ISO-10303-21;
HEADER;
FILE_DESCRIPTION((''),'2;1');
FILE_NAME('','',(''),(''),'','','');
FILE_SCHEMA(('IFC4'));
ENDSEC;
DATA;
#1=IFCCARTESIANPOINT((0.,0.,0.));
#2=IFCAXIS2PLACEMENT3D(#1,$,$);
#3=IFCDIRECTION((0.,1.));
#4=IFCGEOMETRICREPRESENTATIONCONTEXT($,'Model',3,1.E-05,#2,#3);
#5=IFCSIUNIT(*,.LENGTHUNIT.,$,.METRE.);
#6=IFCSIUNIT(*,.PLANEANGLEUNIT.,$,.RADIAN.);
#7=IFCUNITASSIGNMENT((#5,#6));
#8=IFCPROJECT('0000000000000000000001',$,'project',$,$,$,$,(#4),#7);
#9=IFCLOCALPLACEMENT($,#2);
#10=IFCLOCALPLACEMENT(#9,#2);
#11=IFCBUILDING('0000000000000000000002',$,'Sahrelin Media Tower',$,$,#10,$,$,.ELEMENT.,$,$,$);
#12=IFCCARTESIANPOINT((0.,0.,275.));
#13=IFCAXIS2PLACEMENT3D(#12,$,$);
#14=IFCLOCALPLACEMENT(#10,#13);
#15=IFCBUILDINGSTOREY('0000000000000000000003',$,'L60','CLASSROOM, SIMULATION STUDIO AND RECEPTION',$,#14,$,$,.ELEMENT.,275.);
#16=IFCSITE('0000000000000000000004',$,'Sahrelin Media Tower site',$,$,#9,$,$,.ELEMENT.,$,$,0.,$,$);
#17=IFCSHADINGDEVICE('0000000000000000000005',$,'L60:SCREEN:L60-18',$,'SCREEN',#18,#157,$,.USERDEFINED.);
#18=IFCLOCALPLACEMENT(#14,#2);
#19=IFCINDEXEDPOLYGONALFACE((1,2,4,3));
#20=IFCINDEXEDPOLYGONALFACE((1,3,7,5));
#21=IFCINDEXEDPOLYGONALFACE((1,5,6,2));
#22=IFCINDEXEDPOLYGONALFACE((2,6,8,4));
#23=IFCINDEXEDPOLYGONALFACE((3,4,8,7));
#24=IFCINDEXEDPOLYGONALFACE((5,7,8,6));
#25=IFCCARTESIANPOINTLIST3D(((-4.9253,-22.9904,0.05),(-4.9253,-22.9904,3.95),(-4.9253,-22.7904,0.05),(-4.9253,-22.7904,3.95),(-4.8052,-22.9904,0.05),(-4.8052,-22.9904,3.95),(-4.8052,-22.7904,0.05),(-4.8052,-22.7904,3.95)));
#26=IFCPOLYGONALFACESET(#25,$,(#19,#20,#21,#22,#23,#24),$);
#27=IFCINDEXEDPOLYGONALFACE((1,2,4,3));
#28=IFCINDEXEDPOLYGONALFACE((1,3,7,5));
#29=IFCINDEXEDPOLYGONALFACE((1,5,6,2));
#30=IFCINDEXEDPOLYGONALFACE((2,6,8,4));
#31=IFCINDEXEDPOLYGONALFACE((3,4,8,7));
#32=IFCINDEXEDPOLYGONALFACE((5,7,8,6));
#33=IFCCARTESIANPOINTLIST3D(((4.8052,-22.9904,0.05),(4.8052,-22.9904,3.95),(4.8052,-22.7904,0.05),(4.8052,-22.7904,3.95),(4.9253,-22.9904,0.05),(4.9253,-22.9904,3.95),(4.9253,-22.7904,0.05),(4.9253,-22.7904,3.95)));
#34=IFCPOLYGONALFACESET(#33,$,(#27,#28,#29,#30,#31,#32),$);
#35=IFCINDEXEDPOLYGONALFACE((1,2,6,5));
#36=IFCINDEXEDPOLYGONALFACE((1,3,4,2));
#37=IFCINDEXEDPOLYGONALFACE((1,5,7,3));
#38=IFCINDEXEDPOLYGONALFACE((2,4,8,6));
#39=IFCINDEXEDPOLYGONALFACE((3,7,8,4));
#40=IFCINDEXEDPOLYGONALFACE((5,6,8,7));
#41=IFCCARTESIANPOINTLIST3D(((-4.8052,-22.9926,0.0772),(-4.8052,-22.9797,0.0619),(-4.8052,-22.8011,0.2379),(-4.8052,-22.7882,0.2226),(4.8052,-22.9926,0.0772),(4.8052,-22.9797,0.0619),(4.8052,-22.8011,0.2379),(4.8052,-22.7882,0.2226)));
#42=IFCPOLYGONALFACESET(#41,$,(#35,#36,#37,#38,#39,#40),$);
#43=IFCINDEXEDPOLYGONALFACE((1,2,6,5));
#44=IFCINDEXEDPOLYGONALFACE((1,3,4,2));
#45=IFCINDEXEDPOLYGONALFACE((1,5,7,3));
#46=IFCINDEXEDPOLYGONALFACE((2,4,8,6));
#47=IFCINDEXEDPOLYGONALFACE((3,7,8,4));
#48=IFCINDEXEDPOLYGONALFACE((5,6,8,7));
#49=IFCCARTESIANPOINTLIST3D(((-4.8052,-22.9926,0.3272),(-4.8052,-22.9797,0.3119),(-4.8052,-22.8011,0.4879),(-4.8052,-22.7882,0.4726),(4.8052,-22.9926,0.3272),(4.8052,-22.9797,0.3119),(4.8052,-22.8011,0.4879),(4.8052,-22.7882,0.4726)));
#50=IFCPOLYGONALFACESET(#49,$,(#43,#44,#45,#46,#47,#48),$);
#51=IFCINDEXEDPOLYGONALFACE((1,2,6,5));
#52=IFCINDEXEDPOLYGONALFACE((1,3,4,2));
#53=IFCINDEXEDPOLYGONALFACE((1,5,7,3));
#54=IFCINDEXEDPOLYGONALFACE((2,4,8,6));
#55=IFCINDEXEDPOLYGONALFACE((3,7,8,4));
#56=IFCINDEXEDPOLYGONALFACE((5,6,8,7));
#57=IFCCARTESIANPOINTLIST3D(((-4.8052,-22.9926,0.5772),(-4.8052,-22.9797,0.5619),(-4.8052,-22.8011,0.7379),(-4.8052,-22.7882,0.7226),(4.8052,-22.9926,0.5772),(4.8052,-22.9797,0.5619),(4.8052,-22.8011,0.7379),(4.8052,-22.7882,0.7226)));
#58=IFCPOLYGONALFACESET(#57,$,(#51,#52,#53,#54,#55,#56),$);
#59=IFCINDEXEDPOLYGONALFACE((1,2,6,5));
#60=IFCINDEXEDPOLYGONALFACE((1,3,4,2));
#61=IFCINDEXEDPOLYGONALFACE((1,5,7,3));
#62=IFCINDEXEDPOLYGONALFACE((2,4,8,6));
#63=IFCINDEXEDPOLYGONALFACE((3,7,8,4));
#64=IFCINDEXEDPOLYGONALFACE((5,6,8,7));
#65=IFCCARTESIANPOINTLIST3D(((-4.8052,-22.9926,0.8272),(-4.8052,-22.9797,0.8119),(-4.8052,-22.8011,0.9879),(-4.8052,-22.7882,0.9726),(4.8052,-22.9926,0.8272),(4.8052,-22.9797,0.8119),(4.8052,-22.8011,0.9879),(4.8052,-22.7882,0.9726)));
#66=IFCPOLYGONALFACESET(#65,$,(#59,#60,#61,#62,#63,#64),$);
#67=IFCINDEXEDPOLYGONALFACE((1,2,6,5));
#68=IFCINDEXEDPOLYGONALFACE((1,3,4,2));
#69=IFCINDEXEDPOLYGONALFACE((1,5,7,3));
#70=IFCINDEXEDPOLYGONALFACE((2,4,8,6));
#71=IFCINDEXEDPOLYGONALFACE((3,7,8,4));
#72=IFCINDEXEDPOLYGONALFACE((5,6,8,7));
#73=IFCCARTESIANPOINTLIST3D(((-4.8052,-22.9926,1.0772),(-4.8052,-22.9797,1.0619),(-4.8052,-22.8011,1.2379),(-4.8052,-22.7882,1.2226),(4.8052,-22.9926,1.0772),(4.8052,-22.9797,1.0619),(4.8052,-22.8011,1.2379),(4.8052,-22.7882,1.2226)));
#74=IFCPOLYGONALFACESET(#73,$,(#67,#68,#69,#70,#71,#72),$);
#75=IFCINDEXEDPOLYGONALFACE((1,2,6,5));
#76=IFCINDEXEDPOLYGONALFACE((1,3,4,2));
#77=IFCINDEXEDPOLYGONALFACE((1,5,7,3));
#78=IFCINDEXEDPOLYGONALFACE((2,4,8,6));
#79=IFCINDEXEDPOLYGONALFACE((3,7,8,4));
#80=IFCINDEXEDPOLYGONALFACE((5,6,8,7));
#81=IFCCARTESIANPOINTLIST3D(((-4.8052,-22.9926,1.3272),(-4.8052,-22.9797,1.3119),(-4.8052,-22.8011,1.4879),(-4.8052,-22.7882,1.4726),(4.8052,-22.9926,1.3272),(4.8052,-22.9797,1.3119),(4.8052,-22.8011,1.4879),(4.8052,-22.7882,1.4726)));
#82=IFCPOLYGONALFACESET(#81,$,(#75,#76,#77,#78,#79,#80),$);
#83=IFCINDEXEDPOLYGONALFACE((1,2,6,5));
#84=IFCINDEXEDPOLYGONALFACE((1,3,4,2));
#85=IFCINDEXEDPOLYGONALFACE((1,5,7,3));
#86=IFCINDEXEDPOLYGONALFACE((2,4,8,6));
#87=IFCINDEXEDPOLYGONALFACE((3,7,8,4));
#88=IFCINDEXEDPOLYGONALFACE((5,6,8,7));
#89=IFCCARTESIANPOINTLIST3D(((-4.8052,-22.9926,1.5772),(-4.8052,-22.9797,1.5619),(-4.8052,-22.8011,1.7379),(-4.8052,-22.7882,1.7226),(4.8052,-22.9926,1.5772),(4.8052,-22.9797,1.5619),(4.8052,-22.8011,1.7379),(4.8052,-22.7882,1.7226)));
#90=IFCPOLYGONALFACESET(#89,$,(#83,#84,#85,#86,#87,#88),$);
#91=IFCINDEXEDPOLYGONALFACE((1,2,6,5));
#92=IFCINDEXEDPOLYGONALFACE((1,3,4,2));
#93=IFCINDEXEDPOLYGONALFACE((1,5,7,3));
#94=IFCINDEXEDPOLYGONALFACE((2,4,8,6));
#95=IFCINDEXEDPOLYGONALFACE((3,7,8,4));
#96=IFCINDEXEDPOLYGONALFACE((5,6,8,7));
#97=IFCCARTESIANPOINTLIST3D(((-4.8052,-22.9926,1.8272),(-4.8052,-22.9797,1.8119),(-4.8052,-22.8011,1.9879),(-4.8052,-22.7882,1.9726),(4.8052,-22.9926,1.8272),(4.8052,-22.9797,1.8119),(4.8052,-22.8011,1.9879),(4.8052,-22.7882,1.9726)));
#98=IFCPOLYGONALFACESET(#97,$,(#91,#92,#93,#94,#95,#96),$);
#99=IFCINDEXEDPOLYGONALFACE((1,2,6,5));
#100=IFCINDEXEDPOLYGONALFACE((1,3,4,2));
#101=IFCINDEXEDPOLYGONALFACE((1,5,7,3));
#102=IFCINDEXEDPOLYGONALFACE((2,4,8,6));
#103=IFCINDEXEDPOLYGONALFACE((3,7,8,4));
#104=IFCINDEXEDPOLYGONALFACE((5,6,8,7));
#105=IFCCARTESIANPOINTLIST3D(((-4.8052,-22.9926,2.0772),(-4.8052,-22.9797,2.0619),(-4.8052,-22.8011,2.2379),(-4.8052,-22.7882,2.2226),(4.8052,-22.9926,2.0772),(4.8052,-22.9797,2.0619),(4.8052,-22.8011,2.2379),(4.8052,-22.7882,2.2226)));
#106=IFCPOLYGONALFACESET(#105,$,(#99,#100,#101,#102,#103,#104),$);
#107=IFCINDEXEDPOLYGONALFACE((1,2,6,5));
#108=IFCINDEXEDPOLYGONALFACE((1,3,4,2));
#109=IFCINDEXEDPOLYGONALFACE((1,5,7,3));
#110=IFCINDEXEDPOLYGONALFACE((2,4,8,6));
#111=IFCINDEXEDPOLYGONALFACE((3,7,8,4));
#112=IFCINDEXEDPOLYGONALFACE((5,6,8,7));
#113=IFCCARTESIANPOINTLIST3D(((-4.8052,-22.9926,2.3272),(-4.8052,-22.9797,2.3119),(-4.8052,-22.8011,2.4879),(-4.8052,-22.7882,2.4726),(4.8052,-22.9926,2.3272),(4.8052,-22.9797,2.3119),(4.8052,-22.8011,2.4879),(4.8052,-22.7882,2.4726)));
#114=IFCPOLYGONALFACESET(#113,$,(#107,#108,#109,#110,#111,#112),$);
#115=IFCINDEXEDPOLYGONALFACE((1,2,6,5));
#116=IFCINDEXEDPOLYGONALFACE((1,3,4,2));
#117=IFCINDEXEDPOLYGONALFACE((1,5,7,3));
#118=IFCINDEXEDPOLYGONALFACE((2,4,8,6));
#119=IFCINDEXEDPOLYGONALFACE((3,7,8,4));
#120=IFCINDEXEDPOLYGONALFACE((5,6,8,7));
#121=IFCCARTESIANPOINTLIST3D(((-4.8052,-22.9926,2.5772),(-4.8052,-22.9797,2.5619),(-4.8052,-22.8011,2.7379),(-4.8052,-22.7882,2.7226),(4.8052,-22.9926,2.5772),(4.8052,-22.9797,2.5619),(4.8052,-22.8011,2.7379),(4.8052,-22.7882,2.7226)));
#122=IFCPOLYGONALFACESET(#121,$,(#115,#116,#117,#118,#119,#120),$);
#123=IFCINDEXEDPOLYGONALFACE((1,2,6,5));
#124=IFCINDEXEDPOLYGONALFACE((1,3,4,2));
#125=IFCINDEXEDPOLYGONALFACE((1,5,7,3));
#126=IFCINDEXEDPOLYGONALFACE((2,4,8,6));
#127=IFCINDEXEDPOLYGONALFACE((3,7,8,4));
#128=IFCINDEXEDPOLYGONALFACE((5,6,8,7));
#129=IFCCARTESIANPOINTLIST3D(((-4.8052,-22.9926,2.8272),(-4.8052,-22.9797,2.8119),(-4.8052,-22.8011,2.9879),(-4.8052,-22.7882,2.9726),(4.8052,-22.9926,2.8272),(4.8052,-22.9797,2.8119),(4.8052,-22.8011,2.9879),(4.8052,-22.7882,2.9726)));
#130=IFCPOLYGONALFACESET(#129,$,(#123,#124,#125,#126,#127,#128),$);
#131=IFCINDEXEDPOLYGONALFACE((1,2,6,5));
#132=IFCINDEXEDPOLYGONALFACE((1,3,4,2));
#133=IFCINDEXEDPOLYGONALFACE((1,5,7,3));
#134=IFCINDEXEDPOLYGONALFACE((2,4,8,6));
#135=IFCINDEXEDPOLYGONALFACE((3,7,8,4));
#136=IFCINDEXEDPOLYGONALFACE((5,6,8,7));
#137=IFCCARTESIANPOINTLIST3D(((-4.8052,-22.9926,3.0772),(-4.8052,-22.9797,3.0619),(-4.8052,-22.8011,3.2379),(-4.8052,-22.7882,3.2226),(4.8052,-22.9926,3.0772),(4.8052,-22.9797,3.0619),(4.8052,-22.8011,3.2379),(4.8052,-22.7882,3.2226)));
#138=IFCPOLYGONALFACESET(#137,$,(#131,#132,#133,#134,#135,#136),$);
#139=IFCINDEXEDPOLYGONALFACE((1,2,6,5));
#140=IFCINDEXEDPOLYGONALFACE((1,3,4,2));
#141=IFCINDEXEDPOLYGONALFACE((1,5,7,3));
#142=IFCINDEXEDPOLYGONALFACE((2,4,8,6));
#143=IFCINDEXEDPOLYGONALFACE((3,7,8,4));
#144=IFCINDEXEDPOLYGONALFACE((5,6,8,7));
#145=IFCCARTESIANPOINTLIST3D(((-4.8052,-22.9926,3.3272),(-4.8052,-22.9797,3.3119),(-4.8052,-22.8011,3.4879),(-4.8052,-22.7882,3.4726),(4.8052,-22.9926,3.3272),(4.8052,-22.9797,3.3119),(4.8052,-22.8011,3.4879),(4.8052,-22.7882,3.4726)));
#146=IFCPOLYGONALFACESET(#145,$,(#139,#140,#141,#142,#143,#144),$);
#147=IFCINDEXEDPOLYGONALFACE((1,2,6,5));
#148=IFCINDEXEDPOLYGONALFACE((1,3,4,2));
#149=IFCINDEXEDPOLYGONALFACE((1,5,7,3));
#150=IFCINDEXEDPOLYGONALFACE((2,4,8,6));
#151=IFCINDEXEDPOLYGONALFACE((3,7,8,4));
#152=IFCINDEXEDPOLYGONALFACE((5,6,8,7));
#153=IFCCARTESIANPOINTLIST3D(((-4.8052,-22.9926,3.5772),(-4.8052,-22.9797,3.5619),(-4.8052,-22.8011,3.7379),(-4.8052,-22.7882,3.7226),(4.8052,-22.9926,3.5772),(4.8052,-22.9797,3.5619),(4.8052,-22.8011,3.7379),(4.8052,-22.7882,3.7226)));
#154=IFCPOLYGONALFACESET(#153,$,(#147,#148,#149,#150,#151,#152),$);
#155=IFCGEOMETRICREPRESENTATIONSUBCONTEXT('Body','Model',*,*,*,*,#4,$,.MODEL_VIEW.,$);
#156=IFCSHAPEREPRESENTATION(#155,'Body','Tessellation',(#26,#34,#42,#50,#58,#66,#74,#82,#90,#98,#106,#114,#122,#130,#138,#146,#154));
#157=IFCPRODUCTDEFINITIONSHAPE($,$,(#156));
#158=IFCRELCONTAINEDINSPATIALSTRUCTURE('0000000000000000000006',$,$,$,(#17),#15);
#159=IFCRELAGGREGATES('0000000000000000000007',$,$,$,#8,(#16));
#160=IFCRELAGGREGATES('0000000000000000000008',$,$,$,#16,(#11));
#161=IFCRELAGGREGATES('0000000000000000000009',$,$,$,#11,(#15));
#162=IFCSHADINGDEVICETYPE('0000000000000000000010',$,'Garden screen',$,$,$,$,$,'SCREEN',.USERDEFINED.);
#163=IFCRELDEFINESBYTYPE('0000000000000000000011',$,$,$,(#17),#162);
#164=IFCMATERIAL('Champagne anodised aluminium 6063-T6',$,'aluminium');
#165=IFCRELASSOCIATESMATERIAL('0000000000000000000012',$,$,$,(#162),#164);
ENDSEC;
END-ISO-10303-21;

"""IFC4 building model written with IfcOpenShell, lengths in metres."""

from ifc_helpers import new_model, si_unit, direction, frame, origin, origin_2d, place, context, subcontext, project, spatial, rectangle, extrude, material, type_object, element, save


model = new_model("IFC4")

# Units and contexts
model_context = context("Model", 3, precision=1e-05, world=origin(), true_north=direction((0.0, 1.0)))
body_context = subcontext(model_context, "Body", "Model", "MODEL_VIEW")
ifc_project = project(units=[si_unit("LENGTHUNIT", "METRE"), si_unit("PLANEANGLEUNIT", "RADIAN")], contexts=[model_context])

# Site, building, storey
site_placement = place(None, origin())
site = spatial("IfcSite", under=ifc_project, at=site_placement, Name="Sahrelin Media Tower site", CompositionType="ELEMENT", RefElevation=0.0)
building_placement = place(site_placement, origin())
building = spatial("IfcBuilding", under=site, at=building_placement, Name="Sahrelin Media Tower", CompositionType="ELEMENT")
storey_placement = place(building_placement, frame((0.0, 0.0, 275.0)))
storey = spatial("IfcBuildingStorey", under=building, at=storey_placement, Name="L60", Description="CLASSROOM, SIMULATION STUDIO AND RECEPTION", CompositionType="ELEMENT", Elevation=275.0)

# Shading device
ifc_material_1 = material(Name="Champagne anodised aluminium 6063-T6", Category="aluminium")
shading_device_type = type_object("IfcShadingDeviceType", Name="Garden screen", ElementType="SCREEN", PredefinedType="USERDEFINED", material=ifc_material_1)
shading_device_1_placement = place(storey_placement, frame((0.0, -22.7903, 0.0), z_axis=(0.0, 0.0, 1.0), x_axis=(-1.0, 0.0, 0.0)))
element("IfcShadingDevice", 1, at=shading_device_1_placement, inside=storey, type_object=shading_device_type, Name="L60:SCREEN:L60-18", ObjectType="SCREEN", PredefinedType="USERDEFINED", context=body_context, shape_type="SweptSolid", body=[
    extrude(rectangle(XDim=0.1201, YDim=0.2, at=origin_2d()), frame((4.8652, 0.1001, 0.05), z_axis=(0.0, 0.0, 1.0), x_axis=(1.0, 0.0, 0.0)), (0.0, 0.0, 1.0), 3.8999),
    extrude(rectangle(XDim=0.1201, YDim=0.2, at=origin_2d()), frame((-4.8652, 0.1001, 0.05), z_axis=(0.0, 0.0, 1.0), x_axis=(1.0, 0.0, 0.0)), (0.0, 0.0, 1.0), 3.8999),
    extrude(rectangle(XDim=0.25, YDim=0.02, at=origin_2d()), frame((4.8052, 0.1001, 0.1499), z_axis=(-1.0, 0.0, 0.0), x_axis=(0.0, -0.766044, 0.642788)), (0.0, 0.0, 1.0), 9.6104),
    extrude(rectangle(XDim=0.25, YDim=0.02, at=origin_2d()), frame((4.8052, 0.1001, 0.3999), z_axis=(-1.0, 0.0, 0.0), x_axis=(0.0, -0.766044, 0.642788)), (0.0, 0.0, 1.0), 9.6104),
    extrude(rectangle(XDim=0.25, YDim=0.02, at=origin_2d()), frame((4.8052, 0.1001, 0.6499), z_axis=(-1.0, 0.0, 0.0), x_axis=(0.0, -0.766044, 0.642788)), (0.0, 0.0, 1.0), 9.6104),
    extrude(rectangle(XDim=0.25, YDim=0.02, at=origin_2d()), frame((4.8052, 0.1001, 0.8999), z_axis=(-1.0, 0.0, 0.0), x_axis=(0.0, -0.766044, 0.642788)), (0.0, 0.0, 1.0), 9.6104),
    extrude(rectangle(XDim=0.25, YDim=0.02, at=origin_2d()), frame((4.8052, 0.1001, 1.1499), z_axis=(-1.0, 0.0, 0.0), x_axis=(0.0, -0.766044, 0.642788)), (0.0, 0.0, 1.0), 9.6104),
    extrude(rectangle(XDim=0.25, YDim=0.02, at=origin_2d()), frame((4.8052, 0.1001, 1.3999), z_axis=(-1.0, 0.0, 0.0), x_axis=(0.0, -0.766044, 0.642788)), (0.0, 0.0, 1.0), 9.6104),
    extrude(rectangle(XDim=0.25, YDim=0.02, at=origin_2d()), frame((4.8052, 0.1001, 1.6499), z_axis=(-1.0, 0.0, 0.0), x_axis=(0.0, -0.766044, 0.642788)), (0.0, 0.0, 1.0), 9.6104),
    extrude(rectangle(XDim=0.25, YDim=0.02, at=origin_2d()), frame((4.8052, 0.1001, 1.8999), z_axis=(-1.0, 0.0, 0.0), x_axis=(0.0, -0.766044, 0.642788)), (0.0, 0.0, 1.0), 9.6104),
    extrude(rectangle(XDim=0.25, YDim=0.02, at=origin_2d()), frame((4.8052, 0.1001, 2.1499), z_axis=(-1.0, 0.0, 0.0), x_axis=(0.0, -0.766044, 0.642788)), (0.0, 0.0, 1.0), 9.6104),
    extrude(rectangle(XDim=0.25, YDim=0.02, at=origin_2d()), frame((4.8052, 0.1001, 2.3999), z_axis=(-1.0, 0.0, 0.0), x_axis=(0.0, -0.766044, 0.642788)), (0.0, 0.0, 1.0), 9.6104),
    extrude(rectangle(XDim=0.25, YDim=0.02, at=origin_2d()), frame((4.8052, 0.1001, 2.6499), z_axis=(-1.0, 0.0, 0.0), x_axis=(0.0, -0.766044, 0.642788)), (0.0, 0.0, 1.0), 9.6104),
    extrude(rectangle(XDim=0.25, YDim=0.02, at=origin_2d()), frame((4.8052, 0.1001, 2.8999), z_axis=(-1.0, 0.0, 0.0), x_axis=(0.0, -0.766044, 0.642788)), (0.0, 0.0, 1.0), 9.6104),
    extrude(rectangle(XDim=0.25, YDim=0.02, at=origin_2d()), frame((4.8052, 0.1001, 3.1499), z_axis=(-1.0, 0.0, 0.0), x_axis=(0.0, -0.766044, 0.642788)), (0.0, 0.0, 1.0), 9.6104),
    extrude(rectangle(XDim=0.25, YDim=0.02, at=origin_2d()), frame((4.8052, 0.1001, 3.3999), z_axis=(-1.0, 0.0, 0.0), x_axis=(0.0, -0.766044, 0.642788)), (0.0, 0.0, 1.0), 9.6104),
    extrude(rectangle(XDim=0.25, YDim=0.02, at=origin_2d()), frame((4.8052, 0.1001, 3.6499), z_axis=(-1.0, 0.0, 0.0), x_axis=(0.0, -0.766044, 0.642788)), (0.0, 0.0, 1.0), 9.6104),
])

save(model, "model.ifc")
